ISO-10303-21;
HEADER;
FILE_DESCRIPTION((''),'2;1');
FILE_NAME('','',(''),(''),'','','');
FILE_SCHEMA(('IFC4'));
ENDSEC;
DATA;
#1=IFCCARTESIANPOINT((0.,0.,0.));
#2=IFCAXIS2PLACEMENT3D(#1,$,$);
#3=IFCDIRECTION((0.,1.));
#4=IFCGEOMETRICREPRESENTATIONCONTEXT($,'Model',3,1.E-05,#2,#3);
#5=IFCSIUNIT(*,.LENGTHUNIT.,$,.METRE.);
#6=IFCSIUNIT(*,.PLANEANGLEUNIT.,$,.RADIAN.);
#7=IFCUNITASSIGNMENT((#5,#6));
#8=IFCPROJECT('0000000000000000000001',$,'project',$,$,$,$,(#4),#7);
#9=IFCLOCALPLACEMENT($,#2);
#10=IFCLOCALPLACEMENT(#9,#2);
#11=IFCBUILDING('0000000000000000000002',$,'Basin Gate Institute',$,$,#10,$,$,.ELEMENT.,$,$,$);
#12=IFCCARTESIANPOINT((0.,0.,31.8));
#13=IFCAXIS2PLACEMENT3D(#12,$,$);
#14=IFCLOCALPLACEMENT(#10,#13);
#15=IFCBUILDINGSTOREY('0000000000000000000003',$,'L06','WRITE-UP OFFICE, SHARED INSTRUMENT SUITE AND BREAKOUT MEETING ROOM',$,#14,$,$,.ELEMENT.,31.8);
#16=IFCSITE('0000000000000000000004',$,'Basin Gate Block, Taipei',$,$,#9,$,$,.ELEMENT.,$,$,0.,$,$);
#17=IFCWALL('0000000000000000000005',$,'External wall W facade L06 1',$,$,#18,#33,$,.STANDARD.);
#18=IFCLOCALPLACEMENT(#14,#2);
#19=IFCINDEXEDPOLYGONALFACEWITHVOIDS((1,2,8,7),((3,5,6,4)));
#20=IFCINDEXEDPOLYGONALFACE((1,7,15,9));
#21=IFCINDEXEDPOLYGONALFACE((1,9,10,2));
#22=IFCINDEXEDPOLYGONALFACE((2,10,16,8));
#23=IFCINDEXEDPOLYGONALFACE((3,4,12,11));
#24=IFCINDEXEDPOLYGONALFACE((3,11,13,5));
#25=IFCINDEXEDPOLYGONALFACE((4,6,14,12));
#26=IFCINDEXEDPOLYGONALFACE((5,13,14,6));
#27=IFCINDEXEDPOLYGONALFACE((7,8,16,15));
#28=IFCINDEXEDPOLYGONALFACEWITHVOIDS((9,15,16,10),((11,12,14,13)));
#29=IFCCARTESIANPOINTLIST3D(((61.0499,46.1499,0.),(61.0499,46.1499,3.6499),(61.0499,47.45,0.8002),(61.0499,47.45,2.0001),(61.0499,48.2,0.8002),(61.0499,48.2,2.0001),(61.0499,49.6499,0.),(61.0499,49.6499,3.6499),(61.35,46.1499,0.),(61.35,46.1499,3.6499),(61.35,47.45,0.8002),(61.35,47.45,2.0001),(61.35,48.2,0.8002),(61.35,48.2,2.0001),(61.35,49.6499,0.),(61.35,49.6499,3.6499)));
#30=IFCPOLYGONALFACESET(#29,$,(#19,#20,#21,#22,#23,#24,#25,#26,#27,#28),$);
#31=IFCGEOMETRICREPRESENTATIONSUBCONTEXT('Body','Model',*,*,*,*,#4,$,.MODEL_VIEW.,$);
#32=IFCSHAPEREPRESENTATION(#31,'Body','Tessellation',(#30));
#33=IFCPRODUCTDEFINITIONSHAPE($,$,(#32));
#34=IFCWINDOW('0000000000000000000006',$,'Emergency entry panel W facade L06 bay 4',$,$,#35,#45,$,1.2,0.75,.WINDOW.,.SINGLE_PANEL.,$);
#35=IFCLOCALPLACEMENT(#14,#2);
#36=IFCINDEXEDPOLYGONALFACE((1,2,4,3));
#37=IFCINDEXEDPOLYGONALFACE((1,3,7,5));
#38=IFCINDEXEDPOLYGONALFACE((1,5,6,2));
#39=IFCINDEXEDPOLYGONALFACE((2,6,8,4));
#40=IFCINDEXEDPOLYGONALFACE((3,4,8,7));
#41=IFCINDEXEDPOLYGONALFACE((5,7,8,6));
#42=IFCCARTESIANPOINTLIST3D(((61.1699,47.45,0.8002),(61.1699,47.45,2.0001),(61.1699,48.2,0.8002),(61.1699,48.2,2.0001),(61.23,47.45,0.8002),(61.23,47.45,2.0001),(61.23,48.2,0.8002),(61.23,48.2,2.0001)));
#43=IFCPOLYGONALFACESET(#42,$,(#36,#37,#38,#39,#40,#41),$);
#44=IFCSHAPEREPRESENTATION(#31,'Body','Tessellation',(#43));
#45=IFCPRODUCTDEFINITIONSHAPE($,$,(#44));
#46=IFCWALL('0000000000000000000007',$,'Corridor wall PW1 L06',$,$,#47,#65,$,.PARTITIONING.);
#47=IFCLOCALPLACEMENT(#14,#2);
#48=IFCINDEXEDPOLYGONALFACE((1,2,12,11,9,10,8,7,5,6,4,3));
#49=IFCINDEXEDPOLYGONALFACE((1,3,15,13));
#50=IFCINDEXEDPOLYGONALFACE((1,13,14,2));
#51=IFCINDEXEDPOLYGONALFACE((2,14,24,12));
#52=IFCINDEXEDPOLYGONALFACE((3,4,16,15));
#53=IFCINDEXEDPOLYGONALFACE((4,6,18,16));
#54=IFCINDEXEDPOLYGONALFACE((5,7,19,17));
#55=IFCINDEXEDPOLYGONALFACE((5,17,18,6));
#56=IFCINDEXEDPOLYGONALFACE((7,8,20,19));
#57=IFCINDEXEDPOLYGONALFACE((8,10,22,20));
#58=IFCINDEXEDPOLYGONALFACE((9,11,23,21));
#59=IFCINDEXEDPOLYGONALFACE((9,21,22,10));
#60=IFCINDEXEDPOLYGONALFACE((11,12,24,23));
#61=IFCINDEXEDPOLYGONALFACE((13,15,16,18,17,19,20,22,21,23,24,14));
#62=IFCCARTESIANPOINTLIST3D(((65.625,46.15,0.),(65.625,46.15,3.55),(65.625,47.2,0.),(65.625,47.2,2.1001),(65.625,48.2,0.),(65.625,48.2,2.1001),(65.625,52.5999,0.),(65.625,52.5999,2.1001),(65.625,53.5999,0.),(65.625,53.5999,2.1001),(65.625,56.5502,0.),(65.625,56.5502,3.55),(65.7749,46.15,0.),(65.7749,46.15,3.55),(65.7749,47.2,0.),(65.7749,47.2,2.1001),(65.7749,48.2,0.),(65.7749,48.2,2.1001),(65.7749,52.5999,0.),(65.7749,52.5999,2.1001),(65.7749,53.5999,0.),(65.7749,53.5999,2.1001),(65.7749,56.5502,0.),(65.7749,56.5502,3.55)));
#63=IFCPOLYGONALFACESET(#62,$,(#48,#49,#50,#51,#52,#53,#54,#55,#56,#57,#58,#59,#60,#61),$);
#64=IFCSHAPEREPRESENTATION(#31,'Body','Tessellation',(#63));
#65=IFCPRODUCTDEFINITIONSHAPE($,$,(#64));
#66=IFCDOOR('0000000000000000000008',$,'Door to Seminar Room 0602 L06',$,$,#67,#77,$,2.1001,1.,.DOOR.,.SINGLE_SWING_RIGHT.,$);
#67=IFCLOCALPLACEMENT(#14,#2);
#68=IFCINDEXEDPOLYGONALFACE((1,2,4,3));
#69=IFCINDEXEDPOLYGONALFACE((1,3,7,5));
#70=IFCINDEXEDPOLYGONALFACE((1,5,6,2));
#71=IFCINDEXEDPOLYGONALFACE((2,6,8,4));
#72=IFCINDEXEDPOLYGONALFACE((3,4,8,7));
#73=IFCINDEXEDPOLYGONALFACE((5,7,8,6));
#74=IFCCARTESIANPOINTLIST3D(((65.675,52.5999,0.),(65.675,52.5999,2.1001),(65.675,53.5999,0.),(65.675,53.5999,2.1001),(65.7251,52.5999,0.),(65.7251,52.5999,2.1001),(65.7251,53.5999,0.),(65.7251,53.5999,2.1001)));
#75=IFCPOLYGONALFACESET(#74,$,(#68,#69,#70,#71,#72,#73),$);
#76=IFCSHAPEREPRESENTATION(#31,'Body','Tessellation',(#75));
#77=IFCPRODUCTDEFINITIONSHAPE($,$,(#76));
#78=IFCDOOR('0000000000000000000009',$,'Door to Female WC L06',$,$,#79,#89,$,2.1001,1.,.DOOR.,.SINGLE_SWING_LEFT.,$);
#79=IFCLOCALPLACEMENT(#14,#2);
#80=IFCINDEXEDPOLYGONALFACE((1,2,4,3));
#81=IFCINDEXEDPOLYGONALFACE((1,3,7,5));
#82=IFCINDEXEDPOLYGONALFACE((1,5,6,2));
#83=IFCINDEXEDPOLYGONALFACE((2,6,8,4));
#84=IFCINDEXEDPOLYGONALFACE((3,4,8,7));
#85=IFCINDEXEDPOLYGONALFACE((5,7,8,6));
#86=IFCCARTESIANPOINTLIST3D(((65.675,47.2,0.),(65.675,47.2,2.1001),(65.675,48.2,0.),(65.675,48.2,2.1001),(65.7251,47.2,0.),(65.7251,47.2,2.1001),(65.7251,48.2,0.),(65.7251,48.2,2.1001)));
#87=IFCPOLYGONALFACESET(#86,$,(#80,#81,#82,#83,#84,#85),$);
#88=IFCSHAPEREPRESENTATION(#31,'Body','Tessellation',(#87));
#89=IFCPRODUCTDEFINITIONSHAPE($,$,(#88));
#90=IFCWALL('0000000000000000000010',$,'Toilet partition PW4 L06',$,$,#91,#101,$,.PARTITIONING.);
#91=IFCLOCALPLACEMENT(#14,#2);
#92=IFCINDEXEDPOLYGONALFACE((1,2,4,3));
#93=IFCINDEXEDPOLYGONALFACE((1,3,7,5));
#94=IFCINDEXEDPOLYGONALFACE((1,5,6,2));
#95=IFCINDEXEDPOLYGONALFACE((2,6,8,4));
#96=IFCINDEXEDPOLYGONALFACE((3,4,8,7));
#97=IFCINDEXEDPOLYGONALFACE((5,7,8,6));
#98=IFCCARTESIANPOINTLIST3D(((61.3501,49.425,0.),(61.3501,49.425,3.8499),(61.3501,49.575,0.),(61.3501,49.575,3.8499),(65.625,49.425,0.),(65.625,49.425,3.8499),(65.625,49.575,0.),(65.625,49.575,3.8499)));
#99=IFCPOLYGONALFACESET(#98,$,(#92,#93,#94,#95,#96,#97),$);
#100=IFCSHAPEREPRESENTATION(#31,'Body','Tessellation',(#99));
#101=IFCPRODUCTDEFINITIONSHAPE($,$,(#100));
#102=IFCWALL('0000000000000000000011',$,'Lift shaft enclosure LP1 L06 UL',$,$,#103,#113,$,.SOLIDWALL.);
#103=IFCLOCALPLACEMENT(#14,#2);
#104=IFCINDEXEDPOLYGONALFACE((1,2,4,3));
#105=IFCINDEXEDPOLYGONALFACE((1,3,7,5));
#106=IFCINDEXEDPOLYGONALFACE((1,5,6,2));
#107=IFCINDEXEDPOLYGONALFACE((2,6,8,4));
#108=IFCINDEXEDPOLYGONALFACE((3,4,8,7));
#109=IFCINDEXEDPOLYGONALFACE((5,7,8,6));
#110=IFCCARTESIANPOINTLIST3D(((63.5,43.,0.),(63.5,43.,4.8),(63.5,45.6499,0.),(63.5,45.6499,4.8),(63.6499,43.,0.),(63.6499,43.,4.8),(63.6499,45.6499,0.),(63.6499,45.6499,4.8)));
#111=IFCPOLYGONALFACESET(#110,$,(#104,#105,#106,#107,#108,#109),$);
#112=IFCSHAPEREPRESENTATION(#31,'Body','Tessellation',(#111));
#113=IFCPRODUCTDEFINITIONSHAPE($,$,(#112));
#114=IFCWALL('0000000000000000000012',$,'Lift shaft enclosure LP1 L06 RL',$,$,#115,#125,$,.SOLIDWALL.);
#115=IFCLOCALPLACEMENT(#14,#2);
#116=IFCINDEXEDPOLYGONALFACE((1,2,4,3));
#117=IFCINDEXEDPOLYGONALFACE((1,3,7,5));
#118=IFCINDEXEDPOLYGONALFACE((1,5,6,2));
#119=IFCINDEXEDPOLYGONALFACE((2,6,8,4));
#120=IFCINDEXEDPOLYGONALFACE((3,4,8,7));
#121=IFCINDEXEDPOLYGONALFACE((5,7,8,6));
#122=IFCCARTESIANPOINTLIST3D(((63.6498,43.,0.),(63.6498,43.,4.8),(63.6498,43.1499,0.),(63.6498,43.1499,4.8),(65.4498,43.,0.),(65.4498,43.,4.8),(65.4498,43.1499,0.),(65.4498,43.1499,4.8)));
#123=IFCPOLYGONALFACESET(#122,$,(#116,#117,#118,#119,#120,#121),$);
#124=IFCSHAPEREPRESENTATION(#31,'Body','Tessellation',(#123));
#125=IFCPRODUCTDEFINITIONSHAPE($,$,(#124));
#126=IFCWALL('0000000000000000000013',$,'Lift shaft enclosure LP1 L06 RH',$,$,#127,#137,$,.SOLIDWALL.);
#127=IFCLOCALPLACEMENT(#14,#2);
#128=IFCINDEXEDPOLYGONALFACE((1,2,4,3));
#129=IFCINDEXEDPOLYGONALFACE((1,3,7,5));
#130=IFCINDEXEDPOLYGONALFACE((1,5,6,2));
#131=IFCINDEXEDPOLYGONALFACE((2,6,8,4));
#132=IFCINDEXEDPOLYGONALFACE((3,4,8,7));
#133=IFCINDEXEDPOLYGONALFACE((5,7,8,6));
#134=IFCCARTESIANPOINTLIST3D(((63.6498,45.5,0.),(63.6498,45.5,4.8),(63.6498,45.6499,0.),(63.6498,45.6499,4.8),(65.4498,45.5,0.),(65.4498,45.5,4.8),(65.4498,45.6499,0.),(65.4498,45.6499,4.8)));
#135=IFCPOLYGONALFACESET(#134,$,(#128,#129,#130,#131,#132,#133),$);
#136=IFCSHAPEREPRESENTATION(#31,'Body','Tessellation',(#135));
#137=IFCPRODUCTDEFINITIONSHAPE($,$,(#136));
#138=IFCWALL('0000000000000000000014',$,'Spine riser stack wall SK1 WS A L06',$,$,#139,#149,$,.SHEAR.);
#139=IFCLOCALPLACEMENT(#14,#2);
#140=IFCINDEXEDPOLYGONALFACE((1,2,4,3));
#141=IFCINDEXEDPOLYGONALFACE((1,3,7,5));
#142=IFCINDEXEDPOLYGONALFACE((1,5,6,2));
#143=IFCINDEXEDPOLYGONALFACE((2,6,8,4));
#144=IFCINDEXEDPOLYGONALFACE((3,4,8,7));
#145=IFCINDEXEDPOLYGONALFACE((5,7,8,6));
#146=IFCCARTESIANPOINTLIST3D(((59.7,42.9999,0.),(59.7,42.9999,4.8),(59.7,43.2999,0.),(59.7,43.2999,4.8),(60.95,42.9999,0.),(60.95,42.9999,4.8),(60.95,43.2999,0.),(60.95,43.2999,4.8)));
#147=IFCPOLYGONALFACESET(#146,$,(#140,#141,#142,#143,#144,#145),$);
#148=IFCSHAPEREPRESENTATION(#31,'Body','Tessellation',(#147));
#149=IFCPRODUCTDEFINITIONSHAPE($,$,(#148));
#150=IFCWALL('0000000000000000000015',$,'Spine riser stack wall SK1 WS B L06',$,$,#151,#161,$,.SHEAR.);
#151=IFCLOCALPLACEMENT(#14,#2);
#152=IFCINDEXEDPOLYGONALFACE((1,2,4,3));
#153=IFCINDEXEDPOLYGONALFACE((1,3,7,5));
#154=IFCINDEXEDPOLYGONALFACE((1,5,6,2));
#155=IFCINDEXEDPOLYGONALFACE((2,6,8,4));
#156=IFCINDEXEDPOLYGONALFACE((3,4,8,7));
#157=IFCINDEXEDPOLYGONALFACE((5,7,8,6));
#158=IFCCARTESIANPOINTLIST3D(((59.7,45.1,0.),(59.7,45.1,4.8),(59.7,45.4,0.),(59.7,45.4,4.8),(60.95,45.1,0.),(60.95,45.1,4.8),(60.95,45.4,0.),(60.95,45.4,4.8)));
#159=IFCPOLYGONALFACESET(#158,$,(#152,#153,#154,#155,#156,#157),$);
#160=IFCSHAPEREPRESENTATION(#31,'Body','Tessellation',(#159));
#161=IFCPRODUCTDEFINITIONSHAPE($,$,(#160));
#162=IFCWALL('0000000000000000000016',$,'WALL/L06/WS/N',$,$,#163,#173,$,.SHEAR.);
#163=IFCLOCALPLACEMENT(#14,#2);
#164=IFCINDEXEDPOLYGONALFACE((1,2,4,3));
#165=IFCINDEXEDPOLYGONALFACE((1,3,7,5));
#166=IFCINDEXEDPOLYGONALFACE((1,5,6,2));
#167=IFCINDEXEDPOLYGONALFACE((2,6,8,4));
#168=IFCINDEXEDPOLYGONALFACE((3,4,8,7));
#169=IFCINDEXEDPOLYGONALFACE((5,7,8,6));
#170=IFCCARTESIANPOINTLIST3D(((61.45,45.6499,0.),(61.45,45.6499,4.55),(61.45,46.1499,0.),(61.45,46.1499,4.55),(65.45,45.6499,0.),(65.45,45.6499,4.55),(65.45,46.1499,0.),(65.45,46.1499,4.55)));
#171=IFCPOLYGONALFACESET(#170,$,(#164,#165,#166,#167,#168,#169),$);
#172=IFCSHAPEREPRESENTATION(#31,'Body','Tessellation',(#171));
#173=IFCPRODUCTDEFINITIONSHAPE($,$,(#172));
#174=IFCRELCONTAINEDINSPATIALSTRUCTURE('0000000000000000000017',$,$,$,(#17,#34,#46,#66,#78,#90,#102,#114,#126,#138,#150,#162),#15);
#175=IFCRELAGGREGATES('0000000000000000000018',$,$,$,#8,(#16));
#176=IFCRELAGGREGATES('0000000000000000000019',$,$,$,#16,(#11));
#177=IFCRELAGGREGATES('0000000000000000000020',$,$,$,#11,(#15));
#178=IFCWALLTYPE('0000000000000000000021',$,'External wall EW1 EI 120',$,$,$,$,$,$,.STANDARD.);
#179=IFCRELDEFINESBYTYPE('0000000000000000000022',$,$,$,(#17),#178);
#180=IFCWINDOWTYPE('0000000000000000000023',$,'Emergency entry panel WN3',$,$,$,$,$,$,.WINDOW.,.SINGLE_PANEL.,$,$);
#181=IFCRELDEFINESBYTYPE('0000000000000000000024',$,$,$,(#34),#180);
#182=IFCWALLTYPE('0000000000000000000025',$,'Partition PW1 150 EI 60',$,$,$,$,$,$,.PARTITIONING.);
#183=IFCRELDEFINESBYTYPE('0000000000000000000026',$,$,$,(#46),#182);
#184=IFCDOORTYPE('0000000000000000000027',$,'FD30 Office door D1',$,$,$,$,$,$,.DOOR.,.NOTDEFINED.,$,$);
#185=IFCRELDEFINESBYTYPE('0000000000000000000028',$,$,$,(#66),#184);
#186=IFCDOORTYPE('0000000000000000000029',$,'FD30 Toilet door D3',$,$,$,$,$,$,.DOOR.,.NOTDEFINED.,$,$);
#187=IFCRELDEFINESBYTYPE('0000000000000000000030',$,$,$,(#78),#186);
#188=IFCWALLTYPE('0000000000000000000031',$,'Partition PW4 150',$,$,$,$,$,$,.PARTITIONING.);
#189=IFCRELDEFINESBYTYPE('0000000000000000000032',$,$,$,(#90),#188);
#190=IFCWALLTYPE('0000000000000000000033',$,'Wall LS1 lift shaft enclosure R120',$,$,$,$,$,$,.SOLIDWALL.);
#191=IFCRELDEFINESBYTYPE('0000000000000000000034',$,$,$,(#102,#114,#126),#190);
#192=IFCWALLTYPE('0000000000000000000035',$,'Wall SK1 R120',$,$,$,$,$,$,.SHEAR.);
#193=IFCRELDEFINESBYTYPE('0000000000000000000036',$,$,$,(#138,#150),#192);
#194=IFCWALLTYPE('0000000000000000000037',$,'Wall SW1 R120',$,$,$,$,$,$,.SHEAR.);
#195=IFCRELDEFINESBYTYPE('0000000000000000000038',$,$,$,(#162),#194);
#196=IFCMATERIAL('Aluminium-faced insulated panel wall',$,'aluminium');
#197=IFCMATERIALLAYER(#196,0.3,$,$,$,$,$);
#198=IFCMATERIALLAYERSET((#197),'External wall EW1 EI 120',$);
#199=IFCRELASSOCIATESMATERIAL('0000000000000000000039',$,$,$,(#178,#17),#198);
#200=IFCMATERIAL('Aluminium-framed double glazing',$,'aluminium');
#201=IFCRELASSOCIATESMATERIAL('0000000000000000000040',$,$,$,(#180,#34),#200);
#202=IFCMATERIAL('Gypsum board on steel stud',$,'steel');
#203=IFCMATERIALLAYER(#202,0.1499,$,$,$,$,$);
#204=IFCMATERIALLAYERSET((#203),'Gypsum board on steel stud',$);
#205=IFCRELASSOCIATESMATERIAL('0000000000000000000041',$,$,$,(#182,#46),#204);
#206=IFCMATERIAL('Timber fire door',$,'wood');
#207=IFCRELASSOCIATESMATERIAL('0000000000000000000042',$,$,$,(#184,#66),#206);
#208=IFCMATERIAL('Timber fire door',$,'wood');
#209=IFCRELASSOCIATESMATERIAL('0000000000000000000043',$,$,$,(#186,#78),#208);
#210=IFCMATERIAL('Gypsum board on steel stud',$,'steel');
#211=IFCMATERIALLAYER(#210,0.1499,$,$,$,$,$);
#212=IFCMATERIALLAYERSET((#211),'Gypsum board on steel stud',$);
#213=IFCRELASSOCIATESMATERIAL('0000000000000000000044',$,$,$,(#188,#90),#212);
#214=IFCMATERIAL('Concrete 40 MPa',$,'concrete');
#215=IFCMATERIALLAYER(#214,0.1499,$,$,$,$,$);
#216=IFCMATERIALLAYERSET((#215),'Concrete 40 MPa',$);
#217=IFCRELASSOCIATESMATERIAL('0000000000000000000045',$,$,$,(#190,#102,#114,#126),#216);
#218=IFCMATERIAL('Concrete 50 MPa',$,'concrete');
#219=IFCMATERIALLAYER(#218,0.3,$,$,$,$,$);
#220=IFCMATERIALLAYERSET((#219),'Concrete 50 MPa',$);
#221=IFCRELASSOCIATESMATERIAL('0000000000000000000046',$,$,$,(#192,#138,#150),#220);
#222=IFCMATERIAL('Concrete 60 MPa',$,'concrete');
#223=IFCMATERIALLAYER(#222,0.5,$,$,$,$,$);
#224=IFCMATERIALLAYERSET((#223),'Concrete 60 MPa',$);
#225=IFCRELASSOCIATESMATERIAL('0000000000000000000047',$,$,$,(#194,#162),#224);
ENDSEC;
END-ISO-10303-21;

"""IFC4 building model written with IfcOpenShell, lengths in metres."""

from ifc_helpers import new_model, si_unit, direction, frame, frame_2d, origin, place, context, subcontext, project, spatial, rectangle, extrude, material, layer, layer_set, type_object, element, fill, save


model = new_model("IFC4")

# Units and contexts
model_context = context("Model", 3, precision=1e-05, world=origin(), true_north=direction((0.0, 1.0)))
body_context = subcontext(model_context, "Body", "Model", "MODEL_VIEW")
ifc_project = project(units=[si_unit("LENGTHUNIT", "METRE"), si_unit("PLANEANGLEUNIT", "RADIAN")], contexts=[model_context])

# Site, building, storey
site_placement = place(None, origin())
site = spatial("IfcSite", under=ifc_project, at=site_placement, Name="Basin Gate Block, Taipei", CompositionType="ELEMENT", RefElevation=0.0)
building_placement = place(site_placement, origin())
building = spatial("IfcBuilding", under=site, at=building_placement, Name="Basin Gate Institute", CompositionType="ELEMENT")
storey_placement = place(building_placement, frame((0.0, 0.0, 31.8)))
storey = spatial("IfcBuildingStorey", under=building, at=storey_placement, Name="L06", Description="WRITE-UP OFFICE, SHARED INSTRUMENT SUITE AND BREAKOUT MEETING ROOM", CompositionType="ELEMENT", Elevation=31.8)

# Wall, opening, window
ifc_material_1 = material(Name="Aluminium-faced insulated panel wall", Category="aluminium")
ifc_layer_1 = layer(ifc_material_1, 0.3)
ifc_layer_set_1 = layer_set([ifc_layer_1], Name="External wall EW1 EI 120")
wall_type_1 = type_object("IfcWallType", Name="External wall EW1 EI 120", PredefinedType="STANDARD", material=ifc_layer_set_1)
wall_1_placement = place(storey_placement, frame((61.2, 46.1499, 0.0), z_axis=(0.0, 0.0, 1.0), x_axis=(0.0, 1.0, 0.0)))
wall_1 = element("IfcWall", 1, at=wall_1_placement, inside=storey, type_object=wall_type_1, material=ifc_layer_set_1, Name="External wall W facade L06 1", PredefinedType="STANDARD", context=body_context, shape_type="SweptSolid", body=[
    extrude(rectangle(XDim=3.5, YDim=0.3, at=frame_2d((1.75, 0.0))), origin(), (0.0, 0.0, 1.0), 3.6499),
])
opening_1_placement = place(wall_1_placement, frame((1.3, 0.0, 0.8)))
opening_1 = element("IfcOpeningElement", 2, at=opening_1_placement, cuts=wall_1, PredefinedType="OPENING", context=body_context, shape_type="SweptSolid", body=[
    extrude(rectangle(XDim=0.75, YDim=1.2, at=frame_2d((0.375, 0.6001))), frame((0.0, 0.1602, 0.0), z_axis=(0.0, -1.0, 0.0), x_axis=(1.0, 0.0, 0.0)), (0.0, 0.0, 1.0), 0.3201),
])
ifc_material_2 = material(Name="Aluminium-framed double glazing", Category="aluminium")
window_type = type_object("IfcWindowType", Name="Emergency entry panel WN3", PartitioningType="SINGLE_PANEL", PredefinedType="WINDOW", material=ifc_material_2)
window_placement = place(opening_1_placement, origin())
window = element("IfcWindow", 3, at=window_placement, inside=storey, type_object=window_type, material=ifc_material_2, Name="Emergency entry panel W facade L06 bay 4", OverallHeight=1.2, OverallWidth=0.75, PartitioningType="SINGLE_PANEL", PredefinedType="WINDOW", context=body_context, shape_type="SweptSolid", body=[
    extrude(rectangle(XDim=0.75, YDim=1.2, at=frame_2d((0.375, 0.6001))), frame((0.0, 0.03, 0.0), z_axis=(0.0, -1.0, 0.0), x_axis=(1.0, 0.0, 0.0)), (0.0, 0.0, 1.0), 0.0601),
])
fill(opening_1, window)

# Wall, openings, doors
ifc_material_3 = material(Name="Gypsum board on steel stud", Category="steel")
ifc_layer_2 = layer(ifc_material_3, 0.1499)
ifc_layer_set_2 = layer_set([ifc_layer_2], Name="Gypsum board on steel stud")
wall_type_2 = type_object("IfcWallType", Name="Partition PW1 150 EI 60", PredefinedType="PARTITIONING", material=ifc_layer_set_2)
wall_2_placement = place(storey_placement, frame((65.7, 46.1499, 0.0), z_axis=(0.0, 0.0, 1.0), x_axis=(0.0, 1.0, 0.0)))
wall_2 = element("IfcWall", 4, at=wall_2_placement, inside=storey, type_object=wall_type_2, material=ifc_layer_set_2, Name="Corridor wall PW1 L06", PredefinedType="PARTITIONING", context=body_context, shape_type="SweptSolid", body=[
    extrude(rectangle(XDim=10.4001, YDim=0.1499, at=frame_2d((5.2002, 0.0))), origin(), (0.0, 0.0, 1.0), 3.55),
])
opening_2_placement = place(wall_2_placement, frame((1.05, 0.0, 0.0)))
opening_2 = element("IfcOpeningElement", 5, at=opening_2_placement, cuts=wall_2, PredefinedType="OPENING", context=body_context, shape_type="SweptSolid", body=[
    extrude(rectangle(XDim=1.0, YDim=2.1001, at=frame_2d((0.5, 1.05))), frame((0.0, 0.085, 0.0), z_axis=(0.0, -1.0, 0.0), x_axis=(1.0, 0.0, 0.0)), (0.0, 0.0, 1.0), 0.1699),
])
opening_3_placement = place(wall_2_placement, frame((6.45, 0.0, 0.0)))
opening_3 = element("IfcOpeningElement", 6, at=opening_3_placement, cuts=wall_2, PredefinedType="OPENING", context=body_context, shape_type="SweptSolid", body=[
    extrude(rectangle(XDim=1.0, YDim=2.1001, at=frame_2d((0.5, 1.05))), frame((0.0, 0.085, 0.0), z_axis=(0.0, -1.0, 0.0), x_axis=(1.0, 0.0, 0.0)), (0.0, 0.0, 1.0), 0.1699),
])
ifc_material_4 = material(Name="Timber fire door", Category="wood")
door_type_1 = type_object("IfcDoorType", Name="FD30 Office door D1", OperationType="NOTDEFINED", PredefinedType="DOOR", material=ifc_material_4)
door_1_placement = place(opening_3_placement, origin())
door_1 = element("IfcDoor", 7, at=door_1_placement, inside=storey, type_object=door_type_1, material=ifc_material_4, Name="Door to Seminar Room 0602 L06", OperationType="SINGLE_SWING_RIGHT", OverallHeight=2.1001, OverallWidth=1.0, PredefinedType="DOOR", context=body_context, shape_type="SweptSolid", body=[
    extrude(rectangle(XDim=1.0, YDim=2.1001, at=frame_2d((0.5, 1.05))), frame((0.0, 0.0249, 0.0), z_axis=(0.0, -1.0, 0.0), x_axis=(1.0, 0.0, 0.0)), (0.0, 0.0, 1.0), 0.05),
])
fill(opening_3, door_1)
ifc_material_5 = material(Name="Timber fire door", Category="wood")
door_type_2 = type_object("IfcDoorType", Name="FD30 Toilet door D3", OperationType="NOTDEFINED", PredefinedType="DOOR", material=ifc_material_5)
door_2_placement = place(opening_2_placement, origin())
door_2 = element("IfcDoor", 8, at=door_2_placement, inside=storey, type_object=door_type_2, material=ifc_material_5, Name="Door to Female WC L06", OperationType="SINGLE_SWING_LEFT", OverallHeight=2.1001, OverallWidth=1.0, PredefinedType="DOOR", context=body_context, shape_type="SweptSolid", body=[
    extrude(rectangle(XDim=1.0, YDim=2.1001, at=frame_2d((0.5, 1.05))), frame((0.0, 0.0249, 0.0), z_axis=(0.0, -1.0, 0.0), x_axis=(1.0, 0.0, 0.0)), (0.0, 0.0, 1.0), 0.05),
])
fill(opening_2, door_2)

# Walls
ifc_material_6 = material(Name="Gypsum board on steel stud", Category="steel")
ifc_layer_3 = layer(ifc_material_6, 0.1499)
ifc_layer_set_3 = layer_set([ifc_layer_3], Name="Gypsum board on steel stud")
wall_type_3 = type_object("IfcWallType", Name="Partition PW4 150", PredefinedType="PARTITIONING", material=ifc_layer_set_3)
wall_3_placement = place(storey_placement, frame((61.3501, 49.5, 0.0), z_axis=(0.0, 0.0, 1.0), x_axis=(1.0, 0.0, 0.0)))
element("IfcWall", 9, at=wall_3_placement, inside=storey, type_object=wall_type_3, material=ifc_layer_set_3, Name="Toilet partition PW4 L06", PredefinedType="PARTITIONING", context=body_context, shape_type="SweptSolid", body=[
    extrude(rectangle(XDim=4.2749, YDim=0.1499, at=frame_2d((2.1375, 0.0))), origin(), (0.0, 0.0, 1.0), 3.8499),
])
ifc_material_7 = material(Name="Concrete 40 MPa", Category="concrete")
ifc_layer_4 = layer(ifc_material_7, 0.1499)
ifc_layer_set_4 = layer_set([ifc_layer_4], Name="Concrete 40 MPa")
wall_type_4 = type_object("IfcWallType", Name="Wall LS1 lift shaft enclosure R120", PredefinedType="SOLIDWALL", material=ifc_layer_set_4)
wall_4_placement = place(storey_placement, frame((63.575, 43.0, 0.0), z_axis=(0.0, 0.0, 1.0), x_axis=(0.0, 1.0, 0.0)))
element("IfcWall", 10, at=wall_4_placement, inside=storey, type_object=wall_type_4, material=ifc_layer_set_4, Name="Lift shaft enclosure LP1 L06 UL", PredefinedType="SOLIDWALL", context=body_context, shape_type="SweptSolid", body=[
    extrude(rectangle(XDim=2.6499, YDim=0.1499, at=frame_2d((1.325, 0.0))), origin(), (0.0, 0.0, 1.0), 4.8),
])
for number, where, z_axis, x_axis, name in (
    (11, (63.6499, 43.075, 0.0), (0.0, 0.0, 1.0), (1.0, 0.0, 0.0), "Lift shaft enclosure LP1 L06 RL"),
    (12, (63.6499, 45.575, 0.0), (0.0, 0.0, 1.0), (1.0, 0.0, 0.0), "Lift shaft enclosure LP1 L06 RH"),
):
    element("IfcWall", number, at=place(storey_placement, frame(where, z_axis=z_axis, x_axis=x_axis)), inside=storey, type_object=wall_type_4, material=ifc_layer_set_4, Name=name, PredefinedType="SOLIDWALL", context=body_context, shape_type="SweptSolid", body=[
        extrude(rectangle(XDim=1.8, YDim=0.1499, at=frame_2d((0.8999, 0.0))), origin(), (0.0, 0.0, 1.0), 4.8),
    ])
ifc_material_8 = material(Name="Concrete 50 MPa", Category="concrete")
ifc_layer_5 = layer(ifc_material_8, 0.3)
ifc_layer_set_5 = layer_set([ifc_layer_5], Name="Concrete 50 MPa")
wall_type_5 = type_object("IfcWallType", Name="Wall SK1 R120", PredefinedType="SHEAR", material=ifc_layer_set_5)
for number, where, z_axis, x_axis, name in (
    (13, (60.95, 43.1499, 0.0), (0.0, 0.0, 1.0), (-1.0, 0.0, 0.0), "Spine riser stack wall SK1 WS A L06"),
    (14, (60.95, 45.25, 0.0), (0.0, 0.0, 1.0), (-1.0, 0.0, 0.0), "Spine riser stack wall SK1 WS B L06"),
):
    element("IfcWall", number, at=place(storey_placement, frame(where, z_axis=z_axis, x_axis=x_axis)), inside=storey, type_object=wall_type_5, material=ifc_layer_set_5, Name=name, PredefinedType="SHEAR", context=body_context, shape_type="SweptSolid", body=[
        extrude(rectangle(XDim=1.25, YDim=0.3, at=frame_2d((0.625, 0.0))), origin(), (0.0, 0.0, 1.0), 4.8),
    ])
ifc_material_9 = material(Name="Concrete 60 MPa", Category="concrete")
ifc_layer_6 = layer(ifc_material_9, 0.5)
ifc_layer_set_6 = layer_set([ifc_layer_6], Name="Concrete 60 MPa")
wall_type_6 = type_object("IfcWallType", Name="Wall SW1 R120", PredefinedType="SHEAR", material=ifc_layer_set_6)
wall_5_placement = place(storey_placement, frame((61.45, 45.8999, 0.0), z_axis=(0.0, 0.0, 1.0), x_axis=(1.0, 0.0, 0.0)))
element("IfcWall", 15, at=wall_5_placement, inside=storey, type_object=wall_type_6, material=ifc_layer_set_6, Name="WALL/L06/WS/N", PredefinedType="SHEAR", context=body_context, shape_type="SweptSolid", body=[
    extrude(rectangle(XDim=4.0, YDim=0.5, at=frame_2d((2.0, 0.0))), origin(), (0.0, 0.0, 1.0), 4.55),
])

save(model, "model.ifc")
